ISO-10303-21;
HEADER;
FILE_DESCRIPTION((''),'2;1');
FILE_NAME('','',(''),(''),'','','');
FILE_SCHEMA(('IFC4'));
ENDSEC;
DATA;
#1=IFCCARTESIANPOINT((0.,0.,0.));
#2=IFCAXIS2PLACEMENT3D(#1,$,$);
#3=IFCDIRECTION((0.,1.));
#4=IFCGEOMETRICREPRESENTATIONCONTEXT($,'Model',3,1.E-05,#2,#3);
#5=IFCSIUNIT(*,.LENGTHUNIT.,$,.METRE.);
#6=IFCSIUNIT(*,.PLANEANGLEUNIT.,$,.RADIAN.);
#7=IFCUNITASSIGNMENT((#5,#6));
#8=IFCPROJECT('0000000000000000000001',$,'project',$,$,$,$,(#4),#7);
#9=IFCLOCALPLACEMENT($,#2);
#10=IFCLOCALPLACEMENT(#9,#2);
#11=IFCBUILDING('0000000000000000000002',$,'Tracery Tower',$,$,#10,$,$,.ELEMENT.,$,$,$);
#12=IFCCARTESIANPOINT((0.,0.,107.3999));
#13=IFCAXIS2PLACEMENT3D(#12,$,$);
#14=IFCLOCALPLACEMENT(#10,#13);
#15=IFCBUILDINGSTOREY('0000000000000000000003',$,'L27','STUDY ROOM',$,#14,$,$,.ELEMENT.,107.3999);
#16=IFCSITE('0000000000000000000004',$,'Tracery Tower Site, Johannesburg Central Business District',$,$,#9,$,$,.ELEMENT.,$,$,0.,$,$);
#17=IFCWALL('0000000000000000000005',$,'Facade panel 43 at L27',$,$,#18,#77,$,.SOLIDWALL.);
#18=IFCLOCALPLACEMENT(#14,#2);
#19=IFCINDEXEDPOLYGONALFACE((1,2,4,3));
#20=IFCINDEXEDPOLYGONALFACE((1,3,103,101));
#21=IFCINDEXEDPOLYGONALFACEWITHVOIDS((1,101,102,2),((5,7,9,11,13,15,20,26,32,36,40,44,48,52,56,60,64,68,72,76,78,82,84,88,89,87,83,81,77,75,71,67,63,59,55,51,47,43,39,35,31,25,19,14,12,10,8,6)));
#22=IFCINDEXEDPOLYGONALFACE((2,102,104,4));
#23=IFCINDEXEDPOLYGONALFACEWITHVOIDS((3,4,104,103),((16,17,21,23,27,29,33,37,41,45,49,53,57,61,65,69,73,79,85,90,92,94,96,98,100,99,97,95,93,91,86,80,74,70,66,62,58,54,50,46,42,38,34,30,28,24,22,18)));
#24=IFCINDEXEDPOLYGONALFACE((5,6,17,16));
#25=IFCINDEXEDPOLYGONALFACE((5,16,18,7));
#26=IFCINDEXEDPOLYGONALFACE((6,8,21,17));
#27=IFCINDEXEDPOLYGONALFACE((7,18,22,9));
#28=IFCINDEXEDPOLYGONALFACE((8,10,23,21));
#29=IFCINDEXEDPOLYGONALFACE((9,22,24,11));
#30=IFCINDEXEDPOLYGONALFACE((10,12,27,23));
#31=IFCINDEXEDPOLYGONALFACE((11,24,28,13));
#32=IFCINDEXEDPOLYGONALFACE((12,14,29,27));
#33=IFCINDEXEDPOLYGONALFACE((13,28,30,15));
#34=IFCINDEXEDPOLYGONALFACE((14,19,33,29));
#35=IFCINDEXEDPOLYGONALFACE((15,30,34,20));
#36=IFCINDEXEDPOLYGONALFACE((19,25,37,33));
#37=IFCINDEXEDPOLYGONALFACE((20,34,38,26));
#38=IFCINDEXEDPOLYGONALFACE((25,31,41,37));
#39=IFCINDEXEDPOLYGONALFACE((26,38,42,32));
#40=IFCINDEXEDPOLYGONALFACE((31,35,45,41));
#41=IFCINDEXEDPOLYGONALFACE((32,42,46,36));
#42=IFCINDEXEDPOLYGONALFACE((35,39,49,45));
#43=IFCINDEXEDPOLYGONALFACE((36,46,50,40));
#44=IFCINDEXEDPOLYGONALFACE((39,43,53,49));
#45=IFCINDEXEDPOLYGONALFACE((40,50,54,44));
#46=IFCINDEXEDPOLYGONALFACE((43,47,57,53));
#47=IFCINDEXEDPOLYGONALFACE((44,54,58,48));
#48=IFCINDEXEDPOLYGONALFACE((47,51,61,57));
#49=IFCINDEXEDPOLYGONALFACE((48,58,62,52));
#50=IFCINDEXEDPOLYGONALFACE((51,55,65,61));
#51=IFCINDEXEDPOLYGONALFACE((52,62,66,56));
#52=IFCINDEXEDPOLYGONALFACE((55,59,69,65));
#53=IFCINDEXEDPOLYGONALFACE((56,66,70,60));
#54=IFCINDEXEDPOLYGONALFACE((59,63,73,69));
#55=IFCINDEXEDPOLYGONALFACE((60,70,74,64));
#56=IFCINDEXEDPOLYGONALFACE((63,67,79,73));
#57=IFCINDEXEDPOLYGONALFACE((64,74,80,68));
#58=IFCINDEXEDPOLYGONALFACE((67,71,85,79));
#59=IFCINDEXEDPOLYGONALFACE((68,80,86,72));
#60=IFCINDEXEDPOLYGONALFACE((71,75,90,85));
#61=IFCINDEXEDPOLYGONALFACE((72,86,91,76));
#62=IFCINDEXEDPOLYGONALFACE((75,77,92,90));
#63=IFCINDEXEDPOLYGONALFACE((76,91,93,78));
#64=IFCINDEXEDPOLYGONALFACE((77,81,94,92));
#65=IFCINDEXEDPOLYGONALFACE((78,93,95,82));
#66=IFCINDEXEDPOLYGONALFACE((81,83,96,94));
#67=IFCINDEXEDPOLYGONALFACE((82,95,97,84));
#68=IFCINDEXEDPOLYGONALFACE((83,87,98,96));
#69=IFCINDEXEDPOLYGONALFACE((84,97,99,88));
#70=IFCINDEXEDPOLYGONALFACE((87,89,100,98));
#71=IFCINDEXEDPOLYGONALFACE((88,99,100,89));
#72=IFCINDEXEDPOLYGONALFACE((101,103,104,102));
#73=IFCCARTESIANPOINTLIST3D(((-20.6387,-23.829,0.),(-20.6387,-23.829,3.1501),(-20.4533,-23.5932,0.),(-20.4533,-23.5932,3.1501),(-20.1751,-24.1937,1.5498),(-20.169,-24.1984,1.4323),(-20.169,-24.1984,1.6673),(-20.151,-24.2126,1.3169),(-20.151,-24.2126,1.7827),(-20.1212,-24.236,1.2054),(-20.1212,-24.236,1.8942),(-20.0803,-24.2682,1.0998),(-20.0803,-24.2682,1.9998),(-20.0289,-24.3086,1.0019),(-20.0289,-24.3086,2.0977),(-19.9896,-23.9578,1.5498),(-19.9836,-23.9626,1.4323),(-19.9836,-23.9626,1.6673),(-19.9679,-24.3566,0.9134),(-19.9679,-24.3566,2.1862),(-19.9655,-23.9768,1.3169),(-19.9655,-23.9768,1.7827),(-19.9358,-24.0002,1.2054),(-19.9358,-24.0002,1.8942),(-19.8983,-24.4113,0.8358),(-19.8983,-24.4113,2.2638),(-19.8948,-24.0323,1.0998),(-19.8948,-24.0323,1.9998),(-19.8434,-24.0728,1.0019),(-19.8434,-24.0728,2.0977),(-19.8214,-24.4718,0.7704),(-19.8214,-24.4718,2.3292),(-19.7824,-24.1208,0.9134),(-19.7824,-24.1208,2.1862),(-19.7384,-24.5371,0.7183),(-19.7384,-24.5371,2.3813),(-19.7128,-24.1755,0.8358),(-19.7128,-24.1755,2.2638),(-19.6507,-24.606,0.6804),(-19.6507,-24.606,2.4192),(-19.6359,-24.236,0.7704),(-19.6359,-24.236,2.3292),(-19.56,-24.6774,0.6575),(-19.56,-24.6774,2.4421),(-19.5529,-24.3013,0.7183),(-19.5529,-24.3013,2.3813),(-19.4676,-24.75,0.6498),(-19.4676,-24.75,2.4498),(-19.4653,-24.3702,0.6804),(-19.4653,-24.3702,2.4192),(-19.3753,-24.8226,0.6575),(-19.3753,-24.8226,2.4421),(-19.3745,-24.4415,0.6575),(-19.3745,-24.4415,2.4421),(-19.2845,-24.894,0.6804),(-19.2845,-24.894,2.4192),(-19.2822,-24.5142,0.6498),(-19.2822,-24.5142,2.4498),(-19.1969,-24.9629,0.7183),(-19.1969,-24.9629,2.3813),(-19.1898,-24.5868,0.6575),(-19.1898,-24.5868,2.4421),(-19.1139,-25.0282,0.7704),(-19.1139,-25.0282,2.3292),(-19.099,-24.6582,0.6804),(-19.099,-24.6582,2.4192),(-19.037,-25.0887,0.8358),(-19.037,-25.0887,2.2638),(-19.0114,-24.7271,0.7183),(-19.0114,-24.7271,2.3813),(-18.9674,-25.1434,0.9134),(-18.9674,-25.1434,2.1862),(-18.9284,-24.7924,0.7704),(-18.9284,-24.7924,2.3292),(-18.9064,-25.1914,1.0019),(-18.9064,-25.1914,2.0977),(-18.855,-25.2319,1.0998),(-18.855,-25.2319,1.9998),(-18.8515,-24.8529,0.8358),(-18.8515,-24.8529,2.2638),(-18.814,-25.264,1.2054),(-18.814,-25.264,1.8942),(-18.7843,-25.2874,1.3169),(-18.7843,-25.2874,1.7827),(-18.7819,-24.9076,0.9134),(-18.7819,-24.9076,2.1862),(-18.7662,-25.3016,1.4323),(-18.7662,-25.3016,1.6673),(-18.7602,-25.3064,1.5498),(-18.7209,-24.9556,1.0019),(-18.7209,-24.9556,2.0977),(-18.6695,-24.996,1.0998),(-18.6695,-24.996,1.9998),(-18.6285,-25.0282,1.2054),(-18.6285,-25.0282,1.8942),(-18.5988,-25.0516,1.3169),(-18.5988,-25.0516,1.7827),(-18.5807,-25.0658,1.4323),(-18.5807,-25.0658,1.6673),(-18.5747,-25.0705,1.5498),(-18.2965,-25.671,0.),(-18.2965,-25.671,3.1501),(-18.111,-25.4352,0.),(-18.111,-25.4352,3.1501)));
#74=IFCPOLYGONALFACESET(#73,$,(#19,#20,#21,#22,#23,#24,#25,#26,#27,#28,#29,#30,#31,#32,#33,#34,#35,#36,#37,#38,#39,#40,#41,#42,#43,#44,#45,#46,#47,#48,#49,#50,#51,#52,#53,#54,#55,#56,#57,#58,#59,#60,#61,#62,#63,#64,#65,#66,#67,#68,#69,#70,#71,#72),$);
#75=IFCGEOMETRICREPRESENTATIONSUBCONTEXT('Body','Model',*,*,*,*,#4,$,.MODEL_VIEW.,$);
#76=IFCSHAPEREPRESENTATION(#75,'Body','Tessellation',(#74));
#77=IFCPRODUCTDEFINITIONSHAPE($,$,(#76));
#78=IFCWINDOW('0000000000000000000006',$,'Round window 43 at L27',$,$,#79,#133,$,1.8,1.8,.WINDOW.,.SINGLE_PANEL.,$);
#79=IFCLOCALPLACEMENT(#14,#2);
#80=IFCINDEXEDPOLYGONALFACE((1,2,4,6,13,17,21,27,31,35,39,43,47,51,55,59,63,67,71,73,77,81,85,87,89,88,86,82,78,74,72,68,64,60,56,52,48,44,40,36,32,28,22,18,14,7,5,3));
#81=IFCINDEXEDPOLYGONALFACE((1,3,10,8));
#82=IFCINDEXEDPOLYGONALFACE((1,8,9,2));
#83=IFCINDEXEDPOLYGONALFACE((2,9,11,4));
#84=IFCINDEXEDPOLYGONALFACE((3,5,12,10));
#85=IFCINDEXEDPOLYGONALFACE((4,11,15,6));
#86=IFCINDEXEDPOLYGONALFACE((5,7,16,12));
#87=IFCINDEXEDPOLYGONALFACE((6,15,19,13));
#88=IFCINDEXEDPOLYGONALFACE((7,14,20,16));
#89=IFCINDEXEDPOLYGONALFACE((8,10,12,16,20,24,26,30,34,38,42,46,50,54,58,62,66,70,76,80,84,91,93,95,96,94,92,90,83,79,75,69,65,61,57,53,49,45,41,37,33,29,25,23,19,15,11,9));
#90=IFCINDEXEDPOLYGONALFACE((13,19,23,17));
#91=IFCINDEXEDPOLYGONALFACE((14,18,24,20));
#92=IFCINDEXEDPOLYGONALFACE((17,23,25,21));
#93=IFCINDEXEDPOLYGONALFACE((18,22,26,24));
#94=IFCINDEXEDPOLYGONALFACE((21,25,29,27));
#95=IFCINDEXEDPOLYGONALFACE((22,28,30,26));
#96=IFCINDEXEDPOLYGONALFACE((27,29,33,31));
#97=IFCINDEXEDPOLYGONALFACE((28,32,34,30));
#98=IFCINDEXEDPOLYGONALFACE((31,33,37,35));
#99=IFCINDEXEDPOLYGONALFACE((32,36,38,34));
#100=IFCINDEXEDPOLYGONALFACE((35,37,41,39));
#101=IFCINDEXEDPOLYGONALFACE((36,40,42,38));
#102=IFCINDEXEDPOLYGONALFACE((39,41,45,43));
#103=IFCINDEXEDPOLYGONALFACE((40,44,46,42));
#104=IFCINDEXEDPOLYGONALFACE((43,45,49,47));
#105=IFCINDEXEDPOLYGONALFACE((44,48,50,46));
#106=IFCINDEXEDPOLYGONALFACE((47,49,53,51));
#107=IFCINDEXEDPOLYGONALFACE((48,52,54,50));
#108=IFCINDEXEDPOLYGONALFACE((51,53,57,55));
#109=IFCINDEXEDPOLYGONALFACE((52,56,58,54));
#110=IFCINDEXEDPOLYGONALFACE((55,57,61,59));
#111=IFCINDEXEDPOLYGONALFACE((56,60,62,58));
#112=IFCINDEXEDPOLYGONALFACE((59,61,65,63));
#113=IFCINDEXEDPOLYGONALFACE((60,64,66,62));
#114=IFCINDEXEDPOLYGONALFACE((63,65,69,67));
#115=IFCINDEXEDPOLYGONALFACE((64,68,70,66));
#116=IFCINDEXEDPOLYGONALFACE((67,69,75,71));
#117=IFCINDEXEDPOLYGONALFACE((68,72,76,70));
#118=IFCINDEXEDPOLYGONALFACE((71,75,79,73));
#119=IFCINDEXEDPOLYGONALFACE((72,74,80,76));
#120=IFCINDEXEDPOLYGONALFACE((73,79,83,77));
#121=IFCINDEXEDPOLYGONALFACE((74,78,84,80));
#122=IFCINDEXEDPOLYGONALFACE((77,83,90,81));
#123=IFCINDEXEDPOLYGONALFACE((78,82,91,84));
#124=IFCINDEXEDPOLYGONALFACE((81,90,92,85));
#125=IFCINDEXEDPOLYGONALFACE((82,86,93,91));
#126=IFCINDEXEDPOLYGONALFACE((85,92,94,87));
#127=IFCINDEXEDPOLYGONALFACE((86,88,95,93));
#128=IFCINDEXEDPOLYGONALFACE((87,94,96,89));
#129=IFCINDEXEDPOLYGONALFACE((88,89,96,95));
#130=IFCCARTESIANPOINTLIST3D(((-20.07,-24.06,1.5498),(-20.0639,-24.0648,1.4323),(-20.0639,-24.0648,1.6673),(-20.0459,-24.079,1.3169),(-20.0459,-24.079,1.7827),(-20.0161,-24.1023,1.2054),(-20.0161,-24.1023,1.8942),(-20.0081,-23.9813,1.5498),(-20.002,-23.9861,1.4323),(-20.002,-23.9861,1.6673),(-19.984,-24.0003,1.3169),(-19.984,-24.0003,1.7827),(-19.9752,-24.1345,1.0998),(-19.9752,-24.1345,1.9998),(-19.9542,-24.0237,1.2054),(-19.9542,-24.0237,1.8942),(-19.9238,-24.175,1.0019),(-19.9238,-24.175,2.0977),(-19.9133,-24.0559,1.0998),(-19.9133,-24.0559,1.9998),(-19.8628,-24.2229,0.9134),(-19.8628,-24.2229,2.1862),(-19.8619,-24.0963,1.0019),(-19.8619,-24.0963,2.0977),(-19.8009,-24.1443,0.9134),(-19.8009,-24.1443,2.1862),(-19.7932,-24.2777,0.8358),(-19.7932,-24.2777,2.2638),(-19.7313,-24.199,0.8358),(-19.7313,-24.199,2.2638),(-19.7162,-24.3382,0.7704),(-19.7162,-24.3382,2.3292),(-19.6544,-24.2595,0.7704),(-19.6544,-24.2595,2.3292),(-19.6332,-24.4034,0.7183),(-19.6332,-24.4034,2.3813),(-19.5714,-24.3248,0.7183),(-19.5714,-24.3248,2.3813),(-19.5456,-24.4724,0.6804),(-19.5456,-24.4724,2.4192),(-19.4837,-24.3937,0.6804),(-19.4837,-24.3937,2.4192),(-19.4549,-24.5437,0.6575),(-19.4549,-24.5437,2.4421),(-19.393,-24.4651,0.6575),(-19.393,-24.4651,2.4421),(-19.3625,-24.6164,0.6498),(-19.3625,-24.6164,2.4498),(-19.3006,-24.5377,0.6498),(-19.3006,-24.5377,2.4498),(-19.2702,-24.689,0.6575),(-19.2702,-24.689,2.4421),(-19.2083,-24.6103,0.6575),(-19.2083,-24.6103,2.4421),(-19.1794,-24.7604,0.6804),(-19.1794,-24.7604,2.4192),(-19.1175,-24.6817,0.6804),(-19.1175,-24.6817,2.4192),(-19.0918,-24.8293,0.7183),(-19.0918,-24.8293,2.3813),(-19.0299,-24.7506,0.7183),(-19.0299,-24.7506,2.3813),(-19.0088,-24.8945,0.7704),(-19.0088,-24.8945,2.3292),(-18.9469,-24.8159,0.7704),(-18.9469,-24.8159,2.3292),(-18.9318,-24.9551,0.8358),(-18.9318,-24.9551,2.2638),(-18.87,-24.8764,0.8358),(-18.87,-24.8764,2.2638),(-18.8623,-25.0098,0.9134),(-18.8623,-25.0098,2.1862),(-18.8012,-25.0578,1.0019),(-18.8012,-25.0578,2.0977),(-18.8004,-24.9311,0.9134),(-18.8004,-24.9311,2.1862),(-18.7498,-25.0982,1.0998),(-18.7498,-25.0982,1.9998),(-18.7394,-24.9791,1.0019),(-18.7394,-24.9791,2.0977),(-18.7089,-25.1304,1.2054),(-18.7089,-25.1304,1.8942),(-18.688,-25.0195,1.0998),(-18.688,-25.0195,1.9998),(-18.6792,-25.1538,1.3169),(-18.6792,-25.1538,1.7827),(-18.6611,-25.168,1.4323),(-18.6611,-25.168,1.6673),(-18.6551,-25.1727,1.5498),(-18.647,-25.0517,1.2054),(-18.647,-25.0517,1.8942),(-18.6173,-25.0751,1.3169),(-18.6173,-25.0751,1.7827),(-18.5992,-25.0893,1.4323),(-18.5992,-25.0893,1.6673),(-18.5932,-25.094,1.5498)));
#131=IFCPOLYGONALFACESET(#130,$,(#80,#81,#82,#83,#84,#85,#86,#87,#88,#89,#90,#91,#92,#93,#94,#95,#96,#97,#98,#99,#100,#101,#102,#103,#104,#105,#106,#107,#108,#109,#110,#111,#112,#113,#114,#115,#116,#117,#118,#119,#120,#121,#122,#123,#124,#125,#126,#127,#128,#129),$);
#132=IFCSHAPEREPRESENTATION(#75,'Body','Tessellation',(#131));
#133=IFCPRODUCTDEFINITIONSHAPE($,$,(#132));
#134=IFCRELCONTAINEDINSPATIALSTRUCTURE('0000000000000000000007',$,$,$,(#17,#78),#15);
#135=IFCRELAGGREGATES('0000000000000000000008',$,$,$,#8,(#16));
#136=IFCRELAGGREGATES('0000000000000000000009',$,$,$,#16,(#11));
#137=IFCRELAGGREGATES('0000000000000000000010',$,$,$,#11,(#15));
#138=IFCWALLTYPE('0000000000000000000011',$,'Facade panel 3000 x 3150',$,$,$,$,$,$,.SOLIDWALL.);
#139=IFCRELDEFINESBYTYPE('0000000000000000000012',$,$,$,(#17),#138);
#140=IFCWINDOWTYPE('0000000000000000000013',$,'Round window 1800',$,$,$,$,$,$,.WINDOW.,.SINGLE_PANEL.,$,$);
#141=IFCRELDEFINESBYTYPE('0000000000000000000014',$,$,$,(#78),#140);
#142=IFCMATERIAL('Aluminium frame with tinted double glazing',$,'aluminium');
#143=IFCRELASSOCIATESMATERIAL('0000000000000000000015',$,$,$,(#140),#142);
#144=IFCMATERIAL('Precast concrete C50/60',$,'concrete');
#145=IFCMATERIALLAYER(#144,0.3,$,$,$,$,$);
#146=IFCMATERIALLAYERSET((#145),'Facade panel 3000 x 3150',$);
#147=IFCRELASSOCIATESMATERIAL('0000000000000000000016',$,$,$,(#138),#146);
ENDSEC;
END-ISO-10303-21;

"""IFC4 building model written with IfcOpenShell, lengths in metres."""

from ifc_helpers import new_model, si_unit, direction, frame, frame_2d, origin, origin_2d, place, context, subcontext, project, spatial, rectangle, circle, extrude, material, layer, layer_set, type_object, element, fill, save


model = new_model("IFC4")

# Units and contexts
model_context = context("Model", 3, precision=1e-05, world=origin(), true_north=direction((0.0, 1.0)))
body_context = subcontext(model_context, "Body", "Model", "MODEL_VIEW")
ifc_project = project(units=[si_unit("LENGTHUNIT", "METRE"), si_unit("PLANEANGLEUNIT", "RADIAN")], contexts=[model_context])

# Site, building, storey
site_placement = place(None, origin())
site = spatial("IfcSite", under=ifc_project, at=site_placement, Name="Tracery Tower Site, Johannesburg Central Business District", CompositionType="ELEMENT", RefElevation=0.0)
building_placement = place(site_placement, origin())
building = spatial("IfcBuilding", under=site, at=building_placement, Name="Tracery Tower", CompositionType="ELEMENT")
storey_placement = place(building_placement, frame((0.0, 0.0, 107.3999)))
storey = spatial("IfcBuildingStorey", under=building, at=storey_placement, Name="L27", Description="STUDY ROOM", CompositionType="ELEMENT", Elevation=107.3999)

# Wall, opening, window
ifc_material_1 = material(Name="Aluminium frame with tinted double glazing", Category="aluminium")
window_type = type_object("IfcWindowType", Name="Round window 1800", PartitioningType="SINGLE_PANEL", PredefinedType="WINDOW", material=ifc_material_1)
ifc_material_2 = material(Name="Precast concrete C50/60", Category="concrete")
ifc_layer_1 = layer(ifc_material_2, 0.3)
ifc_layer_set_1 = layer_set([ifc_layer_1], Name="Facade panel 3000 x 3150")
wall_type_1 = type_object("IfcWallType", Name="Facade panel 3000 x 3150", PredefinedType="SOLIDWALL", material=ifc_layer_set_1)
wall_1_placement = place(storey_placement, frame((-20.5459, -23.7112, 0.0), z_axis=(0.0, 0.0, 1.0), x_axis=(0.786045, -0.618169, 0.0)))
wall_1 = element("IfcWall", 1, at=wall_1_placement, inside=storey, type_object=wall_type_1, Name="Facade panel 43 at L27", PredefinedType="SOLIDWALL", context=body_context, shape_type="SweptSolid", body=[
    extrude(rectangle(XDim=2.9797, YDim=0.3, at=frame_2d((1.4897, 0.0))), origin(), (0.0, 0.0, 1.0), 3.1501),
])
opening_1_placement = place(wall_1_placement, frame((1.4897, 0.0, 1.5498)))
opening_1 = element("IfcOpeningElement", 2, at=opening_1_placement, cuts=wall_1, PredefinedType="OPENING", context=body_context, shape_type="SweptSolid", body=[
    extrude(circle(Radius=0.9, at=origin_2d()), frame((0.0, 0.1599, 0.0), z_axis=(0.0, -1.0, 0.0), x_axis=(1.0, 0.0, 0.0)), (0.0, 0.0, 1.0), 0.3201),
])
window_1_placement = place(opening_1_placement, origin())
window_1 = element("IfcWindow", 3, at=window_1_placement, inside=storey, type_object=window_type, Name="Round window 43 at L27", OverallHeight=1.8, OverallWidth=1.8, PartitioningType="SINGLE_PANEL", PredefinedType="WINDOW", context=body_context, shape_type="SweptSolid", body=[
    extrude(circle(Radius=0.9, at=origin_2d()), frame((0.0, 0.1201, 0.0), z_axis=(0.0, -1.0, 0.0), x_axis=(1.0, 0.0, 0.0)), (0.0, 0.0, 1.0), 0.1001),
])
fill(opening_1, window_1)

save(model, "model.ifc")
